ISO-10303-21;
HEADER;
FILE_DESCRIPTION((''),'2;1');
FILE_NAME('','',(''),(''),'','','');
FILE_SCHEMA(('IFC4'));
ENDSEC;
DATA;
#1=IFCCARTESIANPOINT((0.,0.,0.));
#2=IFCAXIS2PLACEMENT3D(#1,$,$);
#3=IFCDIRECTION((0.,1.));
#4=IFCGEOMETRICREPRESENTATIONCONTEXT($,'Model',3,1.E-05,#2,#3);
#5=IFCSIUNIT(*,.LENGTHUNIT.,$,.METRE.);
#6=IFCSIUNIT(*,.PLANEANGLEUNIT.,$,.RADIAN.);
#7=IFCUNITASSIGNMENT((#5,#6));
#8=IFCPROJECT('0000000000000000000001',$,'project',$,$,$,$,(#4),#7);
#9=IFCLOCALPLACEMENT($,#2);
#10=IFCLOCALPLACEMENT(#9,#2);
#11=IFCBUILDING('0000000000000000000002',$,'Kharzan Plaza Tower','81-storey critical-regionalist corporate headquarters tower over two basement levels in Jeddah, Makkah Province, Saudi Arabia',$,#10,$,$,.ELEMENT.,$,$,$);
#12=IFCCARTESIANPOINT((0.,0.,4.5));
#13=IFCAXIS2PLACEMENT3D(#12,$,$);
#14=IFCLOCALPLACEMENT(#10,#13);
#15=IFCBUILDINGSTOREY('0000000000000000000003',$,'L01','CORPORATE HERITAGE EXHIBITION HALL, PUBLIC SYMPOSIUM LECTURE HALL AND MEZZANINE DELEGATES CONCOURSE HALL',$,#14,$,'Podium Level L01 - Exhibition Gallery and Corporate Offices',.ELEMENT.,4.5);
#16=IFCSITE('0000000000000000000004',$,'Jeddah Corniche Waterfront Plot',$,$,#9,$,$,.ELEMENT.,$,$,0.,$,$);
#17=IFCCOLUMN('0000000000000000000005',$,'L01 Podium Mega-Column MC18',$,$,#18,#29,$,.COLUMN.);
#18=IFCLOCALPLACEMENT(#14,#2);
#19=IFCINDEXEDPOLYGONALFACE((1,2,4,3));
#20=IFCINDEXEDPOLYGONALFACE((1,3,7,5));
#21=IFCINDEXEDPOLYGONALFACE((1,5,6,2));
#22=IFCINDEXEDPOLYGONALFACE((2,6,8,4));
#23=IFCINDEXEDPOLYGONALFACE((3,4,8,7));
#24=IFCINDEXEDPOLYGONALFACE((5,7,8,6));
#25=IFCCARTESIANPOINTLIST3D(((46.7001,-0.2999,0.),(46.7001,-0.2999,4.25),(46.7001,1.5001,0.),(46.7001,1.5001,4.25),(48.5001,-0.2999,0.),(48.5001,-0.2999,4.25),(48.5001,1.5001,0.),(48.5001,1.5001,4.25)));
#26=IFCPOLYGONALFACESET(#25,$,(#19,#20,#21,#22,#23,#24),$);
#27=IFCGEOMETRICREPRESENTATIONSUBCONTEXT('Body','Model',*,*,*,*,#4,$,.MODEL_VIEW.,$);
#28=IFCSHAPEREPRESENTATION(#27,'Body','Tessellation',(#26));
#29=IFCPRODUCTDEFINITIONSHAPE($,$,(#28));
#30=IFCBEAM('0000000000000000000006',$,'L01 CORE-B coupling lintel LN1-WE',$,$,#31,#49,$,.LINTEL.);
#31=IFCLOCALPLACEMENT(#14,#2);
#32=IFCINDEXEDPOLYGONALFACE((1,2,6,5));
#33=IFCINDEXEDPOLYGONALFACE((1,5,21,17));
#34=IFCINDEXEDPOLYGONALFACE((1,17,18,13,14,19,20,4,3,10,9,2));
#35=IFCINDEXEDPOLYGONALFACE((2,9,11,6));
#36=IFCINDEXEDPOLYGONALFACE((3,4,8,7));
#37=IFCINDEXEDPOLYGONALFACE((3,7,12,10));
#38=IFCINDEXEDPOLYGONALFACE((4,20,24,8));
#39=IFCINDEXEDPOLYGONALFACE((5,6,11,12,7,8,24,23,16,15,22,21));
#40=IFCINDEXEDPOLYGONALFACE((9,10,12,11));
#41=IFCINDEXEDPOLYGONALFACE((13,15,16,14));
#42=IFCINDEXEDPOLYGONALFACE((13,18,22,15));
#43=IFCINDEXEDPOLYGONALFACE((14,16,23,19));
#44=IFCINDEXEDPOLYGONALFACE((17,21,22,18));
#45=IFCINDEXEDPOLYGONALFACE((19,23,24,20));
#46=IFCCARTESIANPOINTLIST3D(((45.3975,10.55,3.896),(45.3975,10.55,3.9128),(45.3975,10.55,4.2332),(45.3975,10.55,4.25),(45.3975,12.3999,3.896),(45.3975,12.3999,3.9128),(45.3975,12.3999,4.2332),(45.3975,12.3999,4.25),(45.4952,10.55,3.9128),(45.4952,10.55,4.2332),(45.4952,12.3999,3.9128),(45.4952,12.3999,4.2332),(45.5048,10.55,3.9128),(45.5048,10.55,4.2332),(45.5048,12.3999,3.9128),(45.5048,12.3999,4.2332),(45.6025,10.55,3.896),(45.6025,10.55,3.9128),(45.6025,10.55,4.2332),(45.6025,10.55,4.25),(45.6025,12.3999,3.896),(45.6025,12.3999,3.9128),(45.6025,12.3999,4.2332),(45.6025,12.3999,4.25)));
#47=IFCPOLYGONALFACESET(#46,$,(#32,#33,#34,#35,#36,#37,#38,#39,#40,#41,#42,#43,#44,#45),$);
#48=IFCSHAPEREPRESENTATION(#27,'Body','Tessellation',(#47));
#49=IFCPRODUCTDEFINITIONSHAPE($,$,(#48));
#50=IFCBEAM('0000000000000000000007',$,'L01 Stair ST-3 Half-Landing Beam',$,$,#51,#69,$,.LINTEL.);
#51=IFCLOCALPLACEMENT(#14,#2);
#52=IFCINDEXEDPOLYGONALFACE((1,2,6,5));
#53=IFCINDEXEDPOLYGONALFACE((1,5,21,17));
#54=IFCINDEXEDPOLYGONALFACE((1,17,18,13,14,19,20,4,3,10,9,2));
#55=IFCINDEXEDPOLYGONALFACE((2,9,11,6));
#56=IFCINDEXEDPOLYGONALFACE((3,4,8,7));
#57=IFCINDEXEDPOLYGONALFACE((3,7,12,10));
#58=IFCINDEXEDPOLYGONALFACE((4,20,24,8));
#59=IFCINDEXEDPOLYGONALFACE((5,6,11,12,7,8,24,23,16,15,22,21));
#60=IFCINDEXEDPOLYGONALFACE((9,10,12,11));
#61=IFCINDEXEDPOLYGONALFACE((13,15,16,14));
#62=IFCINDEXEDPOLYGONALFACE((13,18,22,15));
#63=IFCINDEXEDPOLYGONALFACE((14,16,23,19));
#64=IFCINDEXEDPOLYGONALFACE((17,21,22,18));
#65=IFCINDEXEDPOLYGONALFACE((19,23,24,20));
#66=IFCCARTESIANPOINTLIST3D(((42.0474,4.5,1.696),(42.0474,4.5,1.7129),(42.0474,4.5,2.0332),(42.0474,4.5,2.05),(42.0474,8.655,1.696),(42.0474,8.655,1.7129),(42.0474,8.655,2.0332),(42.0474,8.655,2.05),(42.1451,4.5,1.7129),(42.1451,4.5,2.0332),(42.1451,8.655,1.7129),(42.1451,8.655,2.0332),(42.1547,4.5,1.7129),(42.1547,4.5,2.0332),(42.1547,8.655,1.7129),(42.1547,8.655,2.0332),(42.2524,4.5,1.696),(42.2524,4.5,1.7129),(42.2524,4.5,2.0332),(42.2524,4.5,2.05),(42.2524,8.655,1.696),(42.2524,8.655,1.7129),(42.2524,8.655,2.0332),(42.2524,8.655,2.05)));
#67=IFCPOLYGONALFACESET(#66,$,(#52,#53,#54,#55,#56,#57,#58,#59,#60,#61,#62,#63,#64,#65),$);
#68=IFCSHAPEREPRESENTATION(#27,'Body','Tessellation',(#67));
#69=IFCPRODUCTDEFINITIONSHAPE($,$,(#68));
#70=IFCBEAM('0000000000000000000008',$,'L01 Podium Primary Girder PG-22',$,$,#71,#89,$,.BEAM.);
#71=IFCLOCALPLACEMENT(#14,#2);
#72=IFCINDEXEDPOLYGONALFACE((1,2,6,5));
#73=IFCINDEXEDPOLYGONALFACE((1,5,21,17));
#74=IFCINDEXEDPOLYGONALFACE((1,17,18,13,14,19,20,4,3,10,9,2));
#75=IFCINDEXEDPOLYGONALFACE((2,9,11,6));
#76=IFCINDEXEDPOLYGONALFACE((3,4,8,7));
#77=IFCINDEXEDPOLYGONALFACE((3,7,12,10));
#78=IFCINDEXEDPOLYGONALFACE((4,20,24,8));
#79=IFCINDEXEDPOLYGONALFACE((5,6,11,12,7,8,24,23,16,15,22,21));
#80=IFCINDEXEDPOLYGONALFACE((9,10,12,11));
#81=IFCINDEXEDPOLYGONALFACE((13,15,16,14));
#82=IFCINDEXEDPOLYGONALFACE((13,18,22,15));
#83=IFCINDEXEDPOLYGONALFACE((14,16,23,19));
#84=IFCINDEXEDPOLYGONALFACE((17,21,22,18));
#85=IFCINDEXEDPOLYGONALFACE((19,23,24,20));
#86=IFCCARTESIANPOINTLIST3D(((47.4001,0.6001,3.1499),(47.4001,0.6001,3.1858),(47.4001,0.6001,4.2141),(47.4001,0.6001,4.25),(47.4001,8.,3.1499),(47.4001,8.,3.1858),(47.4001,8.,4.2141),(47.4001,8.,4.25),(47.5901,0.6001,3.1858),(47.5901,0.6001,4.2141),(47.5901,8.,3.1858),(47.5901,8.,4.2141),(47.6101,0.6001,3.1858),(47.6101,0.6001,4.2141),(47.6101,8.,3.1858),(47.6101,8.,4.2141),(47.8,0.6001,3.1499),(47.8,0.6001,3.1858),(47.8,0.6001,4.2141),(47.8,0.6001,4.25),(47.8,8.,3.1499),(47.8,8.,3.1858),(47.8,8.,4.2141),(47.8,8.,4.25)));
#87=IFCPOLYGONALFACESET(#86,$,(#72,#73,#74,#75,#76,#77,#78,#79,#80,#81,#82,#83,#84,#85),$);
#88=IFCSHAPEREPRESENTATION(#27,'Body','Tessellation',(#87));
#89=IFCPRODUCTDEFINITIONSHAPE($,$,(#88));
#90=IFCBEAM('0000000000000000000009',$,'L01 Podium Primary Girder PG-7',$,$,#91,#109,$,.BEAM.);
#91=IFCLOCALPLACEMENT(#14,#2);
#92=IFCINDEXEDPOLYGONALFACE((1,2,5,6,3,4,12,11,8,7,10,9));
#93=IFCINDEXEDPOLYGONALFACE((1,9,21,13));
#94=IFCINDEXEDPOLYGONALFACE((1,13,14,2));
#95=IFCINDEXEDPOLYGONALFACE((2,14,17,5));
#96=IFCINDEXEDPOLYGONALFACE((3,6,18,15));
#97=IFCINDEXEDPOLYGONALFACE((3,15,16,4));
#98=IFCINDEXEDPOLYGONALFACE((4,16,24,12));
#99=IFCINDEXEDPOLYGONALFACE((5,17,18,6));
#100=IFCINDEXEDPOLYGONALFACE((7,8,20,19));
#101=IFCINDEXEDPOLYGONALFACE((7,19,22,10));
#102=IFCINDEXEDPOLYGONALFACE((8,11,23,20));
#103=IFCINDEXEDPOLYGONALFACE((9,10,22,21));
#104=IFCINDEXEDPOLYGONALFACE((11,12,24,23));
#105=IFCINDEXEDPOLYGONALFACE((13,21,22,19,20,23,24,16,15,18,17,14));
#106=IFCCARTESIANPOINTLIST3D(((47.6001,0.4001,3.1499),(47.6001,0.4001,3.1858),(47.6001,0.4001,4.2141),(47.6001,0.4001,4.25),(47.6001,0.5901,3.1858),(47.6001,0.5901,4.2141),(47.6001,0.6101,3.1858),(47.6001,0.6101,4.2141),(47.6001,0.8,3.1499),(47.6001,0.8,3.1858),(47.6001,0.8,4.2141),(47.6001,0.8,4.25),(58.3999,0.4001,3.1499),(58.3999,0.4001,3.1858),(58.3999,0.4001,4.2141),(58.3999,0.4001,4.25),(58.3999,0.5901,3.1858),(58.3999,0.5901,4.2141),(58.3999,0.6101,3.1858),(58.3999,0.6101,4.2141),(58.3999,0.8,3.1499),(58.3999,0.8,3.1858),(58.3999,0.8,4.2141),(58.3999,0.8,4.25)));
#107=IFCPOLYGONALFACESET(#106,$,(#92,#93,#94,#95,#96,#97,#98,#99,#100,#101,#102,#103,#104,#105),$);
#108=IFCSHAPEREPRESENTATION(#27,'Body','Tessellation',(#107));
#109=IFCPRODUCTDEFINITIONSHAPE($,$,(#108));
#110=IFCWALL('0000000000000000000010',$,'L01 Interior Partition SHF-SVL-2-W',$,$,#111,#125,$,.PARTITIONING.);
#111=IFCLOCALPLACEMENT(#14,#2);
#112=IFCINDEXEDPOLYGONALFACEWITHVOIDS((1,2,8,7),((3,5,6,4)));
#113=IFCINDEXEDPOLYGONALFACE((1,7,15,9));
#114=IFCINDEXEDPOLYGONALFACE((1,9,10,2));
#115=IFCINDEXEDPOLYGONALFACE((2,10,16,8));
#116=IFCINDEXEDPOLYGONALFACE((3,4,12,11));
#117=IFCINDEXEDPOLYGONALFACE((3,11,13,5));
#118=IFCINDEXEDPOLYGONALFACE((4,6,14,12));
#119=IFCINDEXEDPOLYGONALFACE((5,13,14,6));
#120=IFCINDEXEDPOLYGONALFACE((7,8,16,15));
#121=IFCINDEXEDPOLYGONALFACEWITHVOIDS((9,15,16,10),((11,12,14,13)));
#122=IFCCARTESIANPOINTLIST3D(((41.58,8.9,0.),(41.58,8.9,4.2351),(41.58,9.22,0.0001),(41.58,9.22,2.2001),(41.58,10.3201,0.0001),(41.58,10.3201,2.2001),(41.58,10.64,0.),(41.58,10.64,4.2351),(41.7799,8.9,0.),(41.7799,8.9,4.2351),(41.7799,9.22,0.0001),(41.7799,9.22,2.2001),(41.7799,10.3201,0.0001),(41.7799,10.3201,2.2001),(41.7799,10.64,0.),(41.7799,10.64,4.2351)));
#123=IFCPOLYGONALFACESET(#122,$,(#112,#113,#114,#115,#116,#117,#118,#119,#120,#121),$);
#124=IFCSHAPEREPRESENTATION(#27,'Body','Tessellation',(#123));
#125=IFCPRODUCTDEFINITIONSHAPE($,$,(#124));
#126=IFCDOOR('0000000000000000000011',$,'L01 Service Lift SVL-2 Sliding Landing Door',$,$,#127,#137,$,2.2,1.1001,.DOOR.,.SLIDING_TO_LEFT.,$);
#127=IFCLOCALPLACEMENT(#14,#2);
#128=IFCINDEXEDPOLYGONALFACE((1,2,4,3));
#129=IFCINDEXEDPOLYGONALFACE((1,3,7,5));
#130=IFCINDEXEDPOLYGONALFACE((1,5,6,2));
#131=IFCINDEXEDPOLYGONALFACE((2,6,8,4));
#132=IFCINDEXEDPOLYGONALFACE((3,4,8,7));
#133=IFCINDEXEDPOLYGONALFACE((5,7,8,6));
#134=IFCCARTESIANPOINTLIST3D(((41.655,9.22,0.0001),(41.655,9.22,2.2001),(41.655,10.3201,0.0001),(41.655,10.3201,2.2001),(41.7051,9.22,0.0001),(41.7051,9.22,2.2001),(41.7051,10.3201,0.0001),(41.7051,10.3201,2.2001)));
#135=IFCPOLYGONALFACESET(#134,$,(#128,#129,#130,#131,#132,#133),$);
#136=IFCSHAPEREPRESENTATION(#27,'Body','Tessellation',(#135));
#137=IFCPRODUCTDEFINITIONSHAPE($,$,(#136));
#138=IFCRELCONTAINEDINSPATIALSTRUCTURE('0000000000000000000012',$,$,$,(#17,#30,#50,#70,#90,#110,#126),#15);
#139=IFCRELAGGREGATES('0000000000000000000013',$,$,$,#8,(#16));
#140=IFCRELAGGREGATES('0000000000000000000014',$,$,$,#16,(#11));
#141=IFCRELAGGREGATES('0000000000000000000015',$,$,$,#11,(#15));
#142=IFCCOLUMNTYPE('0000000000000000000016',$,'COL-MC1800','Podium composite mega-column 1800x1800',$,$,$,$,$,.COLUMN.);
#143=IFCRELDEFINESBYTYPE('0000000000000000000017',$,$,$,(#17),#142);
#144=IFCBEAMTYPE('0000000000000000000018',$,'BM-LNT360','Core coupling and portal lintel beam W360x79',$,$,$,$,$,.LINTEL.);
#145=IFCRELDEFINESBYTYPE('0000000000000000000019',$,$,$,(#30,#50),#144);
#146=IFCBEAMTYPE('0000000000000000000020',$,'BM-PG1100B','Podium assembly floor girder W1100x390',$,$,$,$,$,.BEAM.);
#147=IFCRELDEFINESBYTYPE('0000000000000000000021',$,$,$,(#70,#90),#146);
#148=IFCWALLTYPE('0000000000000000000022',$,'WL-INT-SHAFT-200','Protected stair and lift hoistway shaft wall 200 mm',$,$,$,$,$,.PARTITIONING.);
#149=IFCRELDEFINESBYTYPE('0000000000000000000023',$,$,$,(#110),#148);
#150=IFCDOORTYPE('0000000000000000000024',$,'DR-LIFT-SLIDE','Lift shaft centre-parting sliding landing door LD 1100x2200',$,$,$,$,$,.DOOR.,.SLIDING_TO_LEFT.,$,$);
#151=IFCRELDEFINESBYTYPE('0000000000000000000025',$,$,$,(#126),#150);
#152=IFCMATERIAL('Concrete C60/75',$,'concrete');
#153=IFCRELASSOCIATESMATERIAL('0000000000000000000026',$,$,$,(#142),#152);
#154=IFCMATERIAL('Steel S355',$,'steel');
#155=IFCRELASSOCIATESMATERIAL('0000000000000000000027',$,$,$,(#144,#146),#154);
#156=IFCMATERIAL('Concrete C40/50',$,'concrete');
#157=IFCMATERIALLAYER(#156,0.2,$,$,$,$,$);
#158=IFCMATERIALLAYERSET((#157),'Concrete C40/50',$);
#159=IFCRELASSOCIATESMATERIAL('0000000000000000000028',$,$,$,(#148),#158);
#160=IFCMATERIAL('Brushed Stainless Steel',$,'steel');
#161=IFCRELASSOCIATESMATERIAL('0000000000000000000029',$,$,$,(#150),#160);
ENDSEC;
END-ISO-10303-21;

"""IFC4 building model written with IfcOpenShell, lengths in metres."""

from ifc_helpers import new_model, si_unit, direction, frame, frame_2d, origin, origin_2d, place, context, subcontext, project, spatial, rectangle, i_section, extrude, source, transform, mapped, material, layer, layer_set, material_profile, profile_set, type_object, element, fill, save


model = new_model("IFC4")

# Units and contexts
model_context = context("Model", 3, precision=1e-05, world=origin(), true_north=direction((0.0, 1.0)))
body_context = subcontext(model_context, "Body", "Model", "MODEL_VIEW")
ifc_project = project(units=[si_unit("LENGTHUNIT", "METRE"), si_unit("PLANEANGLEUNIT", "RADIAN")], contexts=[model_context])

# Site, building, storey
site_placement = place(None, origin())
site = spatial("IfcSite", under=ifc_project, at=site_placement, Name="Jeddah Corniche Waterfront Plot", CompositionType="ELEMENT", RefElevation=0.0)
building_placement = place(site_placement, origin())
building = spatial("IfcBuilding", under=site, at=building_placement, Name="Kharzan Plaza Tower", Description="81-storey critical-regionalist corporate headquarters tower over two basement levels in Jeddah, Makkah Province, Saudi Arabia", CompositionType="ELEMENT")
storey_placement = place(building_placement, frame((0.0, 0.0, 4.5)))
storey = spatial("IfcBuildingStorey", under=building, at=storey_placement, Name="L01", Description="CORPORATE HERITAGE EXHIBITION HALL, PUBLIC SYMPOSIUM LECTURE HALL AND MEZZANINE DELEGATES CONCOURSE HALL", LongName="Podium Level L01 - Exhibition Gallery and Corporate Offices", CompositionType="ELEMENT", Elevation=4.5)

# Column
ifc_material_1 = material(Name="Concrete C60/75", Category="concrete")
ifc_material_profile_1 = material_profile(ifc_material_1, rectangle(XDim=1.8, YDim=1.8, at=origin_2d()), Name="RC-MC1800x1800")
ifc_profile_set_1 = profile_set([ifc_material_profile_1], Name="Concrete C60/75")
column_type = type_object("IfcColumnType", Name="COL-MC1800", Description="Podium composite mega-column 1800x1800", PredefinedType="COLUMN", material=ifc_profile_set_1)
shared_shape_1 = source(origin(), body_context, "Body", "SweptSolid", [
    extrude(rectangle(XDim=1.8, YDim=1.8, at=origin_2d()), origin(), (0.0, 0.0, 1.0), 4.25),
])
column_placement = place(storey_placement, frame((47.6001, 0.6001, 0.0), z_axis=(0.0, 0.0, 1.0), x_axis=(1.0, 0.0, 0.0)))
element("IfcColumn", 1, at=column_placement, inside=storey, type_object=column_type, Name="L01 Podium Mega-Column MC18", PredefinedType="COLUMN", context=body_context, shape_type="MappedRepresentation", body=[
    mapped(shared_shape_1, transform((0.0, 0.0, 0.0), x_axis=(1.0, 0.0, 0.0), y_axis=(0.0, 1.0, 0.0), z_axis=(0.0, 0.0, 1.0))),
])

# Beams
ifc_material_2 = material(Name="Steel S355", Category="steel")
ifc_material_profile_2 = material_profile(ifc_material_2, i_section(OverallWidth=0.2051, OverallDepth=0.354, WebThickness=0.0095, FlangeThickness=0.0168, at=origin_2d()), Name="W360x79")
ifc_profile_set_2 = profile_set([ifc_material_profile_2], Name="Steel S355")
beam_type_1 = type_object("IfcBeamType", Name="BM-LNT360", Description="Core coupling and portal lintel beam W360x79", PredefinedType="LINTEL", material=ifc_profile_set_2)
shared_shape_2 = source(origin(), body_context, "Body", "SweptSolid", [
    extrude(i_section(OverallWidth=0.2051, OverallDepth=0.354, WebThickness=0.0095, FlangeThickness=0.0168, at=origin_2d()), origin(), (0.0, 0.0, 1.0), 1.8499),
])
beam_1_placement = place(storey_placement, frame((45.5, 10.55, 4.073), z_axis=(0.0, 1.0, 0.0), x_axis=(-1.0, 0.0, 0.0)))
element("IfcBeam", 2, at=beam_1_placement, inside=storey, type_object=beam_type_1, Name="L01 CORE-B coupling lintel LN1-WE", PredefinedType="LINTEL", context=body_context, shape_type="MappedRepresentation", body=[
    mapped(shared_shape_2, transform((0.0, 0.0, 0.0), x_axis=(1.0, 0.0, 0.0), y_axis=(0.0, 1.0, 0.0), z_axis=(0.0, 0.0, 1.0))),
])
shared_shape_3 = source(origin(), body_context, "Body", "SweptSolid", [
    extrude(i_section(OverallWidth=0.2051, OverallDepth=0.354, WebThickness=0.0095, FlangeThickness=0.0168, at=origin_2d()), origin(), (0.0, 0.0, 1.0), 4.155),
])
beam_2_placement = place(storey_placement, frame((42.1499, 4.5, 1.873), z_axis=(0.0, 1.0, 0.0), x_axis=(-1.0, 0.0, 0.0)))
element("IfcBeam", 3, at=beam_2_placement, inside=storey, type_object=beam_type_1, Name="L01 Stair ST-3 Half-Landing Beam", PredefinedType="LINTEL", context=body_context, shape_type="MappedRepresentation", body=[
    mapped(shared_shape_3, transform((0.0, 0.0, 0.0), x_axis=(1.0, 0.0, 0.0), y_axis=(0.0, 1.0, 0.0), z_axis=(0.0, 0.0, 1.0))),
])
ifc_material_profile_3 = material_profile(ifc_material_2, i_section(OverallWidth=0.3999, OverallDepth=1.1001, WebThickness=0.02, FlangeThickness=0.0359, at=origin_2d()), Name="W1100x390")
ifc_profile_set_3 = profile_set([ifc_material_profile_3], Name="Steel S355")
beam_type_2 = type_object("IfcBeamType", Name="BM-PG1100B", Description="Podium assembly floor girder W1100x390", PredefinedType="BEAM", material=ifc_profile_set_3)
shared_shape_4 = source(origin(), body_context, "Body", "SweptSolid", [
    extrude(i_section(OverallWidth=0.3999, OverallDepth=1.1001, WebThickness=0.02, FlangeThickness=0.0359, at=origin_2d()), origin(), (0.0, 0.0, 1.0), 7.3999),
])
beam_3_placement = place(storey_placement, frame((47.6001, 0.6001, 3.7), z_axis=(0.0, 1.0, 0.0), x_axis=(-1.0, 0.0, 0.0)))
element("IfcBeam", 4, at=beam_3_placement, inside=storey, type_object=beam_type_2, Name="L01 Podium Primary Girder PG-22", PredefinedType="BEAM", context=body_context, shape_type="MappedRepresentation", body=[
    mapped(shared_shape_4, transform((0.0, 0.0, 0.0), x_axis=(1.0, 0.0, 0.0), y_axis=(0.0, 1.0, 0.0), z_axis=(0.0, 0.0, 1.0))),
])
shared_shape_5 = source(origin(), body_context, "Body", "SweptSolid", [
    extrude(i_section(OverallWidth=0.3999, OverallDepth=1.1001, WebThickness=0.02, FlangeThickness=0.0359, at=origin_2d()), origin(), (0.0, 0.0, 1.0), 10.7998),
])
beam_4_placement = place(storey_placement, frame((47.6001, 0.6001, 3.7), z_axis=(1.0, 0.0, 0.0), x_axis=(0.0, 1.0, 0.0)))
element("IfcBeam", 5, at=beam_4_placement, inside=storey, type_object=beam_type_2, Name="L01 Podium Primary Girder PG-7", PredefinedType="BEAM", context=body_context, shape_type="MappedRepresentation", body=[
    mapped(shared_shape_5, transform((0.0, 0.0, 0.0), x_axis=(1.0, 0.0, 0.0), y_axis=(0.0, 1.0, 0.0), z_axis=(0.0, 0.0, 1.0))),
])

# Wall, opening, door
ifc_material_3 = material(Name="Concrete C40/50", Category="concrete")
ifc_layer_1 = layer(ifc_material_3, 0.2)
ifc_layer_set_1 = layer_set([ifc_layer_1], Name="Concrete C40/50")
wall_type_1 = type_object("IfcWallType", Name="WL-INT-SHAFT-200", Description="Protected stair and lift hoistway shaft wall 200 mm", PredefinedType="PARTITIONING", material=ifc_layer_set_1)
wall_1_placement = place(storey_placement, frame((41.6799, 8.8999, 0.0), z_axis=(0.0, 0.0, 1.0), x_axis=(0.0, 1.0, 0.0)))
wall_1 = element("IfcWall", 6, at=wall_1_placement, inside=storey, type_object=wall_type_1, Name="L01 Interior Partition SHF-SVL-2-W", PredefinedType="PARTITIONING", context=body_context, shape_type="SweptSolid", body=[
    extrude(rectangle(XDim=1.74, YDim=0.2, at=frame_2d((0.8701, 0.0))), origin(), (0.0, 0.0, 1.0), 4.2351),
])
opening_1_placement = place(wall_1_placement, frame((0.3201, 0.0, 0.0)))
opening_1 = element("IfcOpeningElement", 7, at=opening_1_placement, cuts=wall_1, PredefinedType="OPENING", context=body_context, shape_type="SweptSolid", body=[
    extrude(rectangle(XDim=1.1001, YDim=2.2, at=frame_2d((0.55, 1.1001))), frame((0.0, 0.1099, 0.0), z_axis=(0.0, -1.0, 0.0), x_axis=(1.0, 0.0, 0.0)), (0.0, 0.0, 1.0), 0.22),
])
ifc_material_4 = material(Name="Brushed Stainless Steel", Category="steel")
door_type = type_object("IfcDoorType", Name="DR-LIFT-SLIDE", Description="Lift shaft centre-parting sliding landing door LD 1100x2200", OperationType="SLIDING_TO_LEFT", PredefinedType="DOOR", material=ifc_material_4)
shared_shape_6 = source(origin(), body_context, "Body", "SweptSolid", [
    extrude(rectangle(XDim=1.1001, YDim=2.2, at=frame_2d((0.55, 1.1001))), frame((0.0, 0.0249, 0.0), z_axis=(0.0, -1.0, 0.0), x_axis=(1.0, 0.0, 0.0)), (0.0, 0.0, 1.0), 0.05),
])
door_placement = place(opening_1_placement, origin())
door = element("IfcDoor", 8, at=door_placement, inside=storey, type_object=door_type, Name="L01 Service Lift SVL-2 Sliding Landing Door", OperationType="SLIDING_TO_LEFT", OverallHeight=2.2, OverallWidth=1.1001, PredefinedType="DOOR", context=body_context, shape_type="MappedRepresentation", body=[
    mapped(shared_shape_6, transform((0.0, 0.0, 0.0), x_axis=(1.0, 0.0, 0.0), y_axis=(0.0, 1.0, 0.0), z_axis=(0.0, 0.0, 1.0))),
])
fill(opening_1, door)

save(model, "model.ifc")
